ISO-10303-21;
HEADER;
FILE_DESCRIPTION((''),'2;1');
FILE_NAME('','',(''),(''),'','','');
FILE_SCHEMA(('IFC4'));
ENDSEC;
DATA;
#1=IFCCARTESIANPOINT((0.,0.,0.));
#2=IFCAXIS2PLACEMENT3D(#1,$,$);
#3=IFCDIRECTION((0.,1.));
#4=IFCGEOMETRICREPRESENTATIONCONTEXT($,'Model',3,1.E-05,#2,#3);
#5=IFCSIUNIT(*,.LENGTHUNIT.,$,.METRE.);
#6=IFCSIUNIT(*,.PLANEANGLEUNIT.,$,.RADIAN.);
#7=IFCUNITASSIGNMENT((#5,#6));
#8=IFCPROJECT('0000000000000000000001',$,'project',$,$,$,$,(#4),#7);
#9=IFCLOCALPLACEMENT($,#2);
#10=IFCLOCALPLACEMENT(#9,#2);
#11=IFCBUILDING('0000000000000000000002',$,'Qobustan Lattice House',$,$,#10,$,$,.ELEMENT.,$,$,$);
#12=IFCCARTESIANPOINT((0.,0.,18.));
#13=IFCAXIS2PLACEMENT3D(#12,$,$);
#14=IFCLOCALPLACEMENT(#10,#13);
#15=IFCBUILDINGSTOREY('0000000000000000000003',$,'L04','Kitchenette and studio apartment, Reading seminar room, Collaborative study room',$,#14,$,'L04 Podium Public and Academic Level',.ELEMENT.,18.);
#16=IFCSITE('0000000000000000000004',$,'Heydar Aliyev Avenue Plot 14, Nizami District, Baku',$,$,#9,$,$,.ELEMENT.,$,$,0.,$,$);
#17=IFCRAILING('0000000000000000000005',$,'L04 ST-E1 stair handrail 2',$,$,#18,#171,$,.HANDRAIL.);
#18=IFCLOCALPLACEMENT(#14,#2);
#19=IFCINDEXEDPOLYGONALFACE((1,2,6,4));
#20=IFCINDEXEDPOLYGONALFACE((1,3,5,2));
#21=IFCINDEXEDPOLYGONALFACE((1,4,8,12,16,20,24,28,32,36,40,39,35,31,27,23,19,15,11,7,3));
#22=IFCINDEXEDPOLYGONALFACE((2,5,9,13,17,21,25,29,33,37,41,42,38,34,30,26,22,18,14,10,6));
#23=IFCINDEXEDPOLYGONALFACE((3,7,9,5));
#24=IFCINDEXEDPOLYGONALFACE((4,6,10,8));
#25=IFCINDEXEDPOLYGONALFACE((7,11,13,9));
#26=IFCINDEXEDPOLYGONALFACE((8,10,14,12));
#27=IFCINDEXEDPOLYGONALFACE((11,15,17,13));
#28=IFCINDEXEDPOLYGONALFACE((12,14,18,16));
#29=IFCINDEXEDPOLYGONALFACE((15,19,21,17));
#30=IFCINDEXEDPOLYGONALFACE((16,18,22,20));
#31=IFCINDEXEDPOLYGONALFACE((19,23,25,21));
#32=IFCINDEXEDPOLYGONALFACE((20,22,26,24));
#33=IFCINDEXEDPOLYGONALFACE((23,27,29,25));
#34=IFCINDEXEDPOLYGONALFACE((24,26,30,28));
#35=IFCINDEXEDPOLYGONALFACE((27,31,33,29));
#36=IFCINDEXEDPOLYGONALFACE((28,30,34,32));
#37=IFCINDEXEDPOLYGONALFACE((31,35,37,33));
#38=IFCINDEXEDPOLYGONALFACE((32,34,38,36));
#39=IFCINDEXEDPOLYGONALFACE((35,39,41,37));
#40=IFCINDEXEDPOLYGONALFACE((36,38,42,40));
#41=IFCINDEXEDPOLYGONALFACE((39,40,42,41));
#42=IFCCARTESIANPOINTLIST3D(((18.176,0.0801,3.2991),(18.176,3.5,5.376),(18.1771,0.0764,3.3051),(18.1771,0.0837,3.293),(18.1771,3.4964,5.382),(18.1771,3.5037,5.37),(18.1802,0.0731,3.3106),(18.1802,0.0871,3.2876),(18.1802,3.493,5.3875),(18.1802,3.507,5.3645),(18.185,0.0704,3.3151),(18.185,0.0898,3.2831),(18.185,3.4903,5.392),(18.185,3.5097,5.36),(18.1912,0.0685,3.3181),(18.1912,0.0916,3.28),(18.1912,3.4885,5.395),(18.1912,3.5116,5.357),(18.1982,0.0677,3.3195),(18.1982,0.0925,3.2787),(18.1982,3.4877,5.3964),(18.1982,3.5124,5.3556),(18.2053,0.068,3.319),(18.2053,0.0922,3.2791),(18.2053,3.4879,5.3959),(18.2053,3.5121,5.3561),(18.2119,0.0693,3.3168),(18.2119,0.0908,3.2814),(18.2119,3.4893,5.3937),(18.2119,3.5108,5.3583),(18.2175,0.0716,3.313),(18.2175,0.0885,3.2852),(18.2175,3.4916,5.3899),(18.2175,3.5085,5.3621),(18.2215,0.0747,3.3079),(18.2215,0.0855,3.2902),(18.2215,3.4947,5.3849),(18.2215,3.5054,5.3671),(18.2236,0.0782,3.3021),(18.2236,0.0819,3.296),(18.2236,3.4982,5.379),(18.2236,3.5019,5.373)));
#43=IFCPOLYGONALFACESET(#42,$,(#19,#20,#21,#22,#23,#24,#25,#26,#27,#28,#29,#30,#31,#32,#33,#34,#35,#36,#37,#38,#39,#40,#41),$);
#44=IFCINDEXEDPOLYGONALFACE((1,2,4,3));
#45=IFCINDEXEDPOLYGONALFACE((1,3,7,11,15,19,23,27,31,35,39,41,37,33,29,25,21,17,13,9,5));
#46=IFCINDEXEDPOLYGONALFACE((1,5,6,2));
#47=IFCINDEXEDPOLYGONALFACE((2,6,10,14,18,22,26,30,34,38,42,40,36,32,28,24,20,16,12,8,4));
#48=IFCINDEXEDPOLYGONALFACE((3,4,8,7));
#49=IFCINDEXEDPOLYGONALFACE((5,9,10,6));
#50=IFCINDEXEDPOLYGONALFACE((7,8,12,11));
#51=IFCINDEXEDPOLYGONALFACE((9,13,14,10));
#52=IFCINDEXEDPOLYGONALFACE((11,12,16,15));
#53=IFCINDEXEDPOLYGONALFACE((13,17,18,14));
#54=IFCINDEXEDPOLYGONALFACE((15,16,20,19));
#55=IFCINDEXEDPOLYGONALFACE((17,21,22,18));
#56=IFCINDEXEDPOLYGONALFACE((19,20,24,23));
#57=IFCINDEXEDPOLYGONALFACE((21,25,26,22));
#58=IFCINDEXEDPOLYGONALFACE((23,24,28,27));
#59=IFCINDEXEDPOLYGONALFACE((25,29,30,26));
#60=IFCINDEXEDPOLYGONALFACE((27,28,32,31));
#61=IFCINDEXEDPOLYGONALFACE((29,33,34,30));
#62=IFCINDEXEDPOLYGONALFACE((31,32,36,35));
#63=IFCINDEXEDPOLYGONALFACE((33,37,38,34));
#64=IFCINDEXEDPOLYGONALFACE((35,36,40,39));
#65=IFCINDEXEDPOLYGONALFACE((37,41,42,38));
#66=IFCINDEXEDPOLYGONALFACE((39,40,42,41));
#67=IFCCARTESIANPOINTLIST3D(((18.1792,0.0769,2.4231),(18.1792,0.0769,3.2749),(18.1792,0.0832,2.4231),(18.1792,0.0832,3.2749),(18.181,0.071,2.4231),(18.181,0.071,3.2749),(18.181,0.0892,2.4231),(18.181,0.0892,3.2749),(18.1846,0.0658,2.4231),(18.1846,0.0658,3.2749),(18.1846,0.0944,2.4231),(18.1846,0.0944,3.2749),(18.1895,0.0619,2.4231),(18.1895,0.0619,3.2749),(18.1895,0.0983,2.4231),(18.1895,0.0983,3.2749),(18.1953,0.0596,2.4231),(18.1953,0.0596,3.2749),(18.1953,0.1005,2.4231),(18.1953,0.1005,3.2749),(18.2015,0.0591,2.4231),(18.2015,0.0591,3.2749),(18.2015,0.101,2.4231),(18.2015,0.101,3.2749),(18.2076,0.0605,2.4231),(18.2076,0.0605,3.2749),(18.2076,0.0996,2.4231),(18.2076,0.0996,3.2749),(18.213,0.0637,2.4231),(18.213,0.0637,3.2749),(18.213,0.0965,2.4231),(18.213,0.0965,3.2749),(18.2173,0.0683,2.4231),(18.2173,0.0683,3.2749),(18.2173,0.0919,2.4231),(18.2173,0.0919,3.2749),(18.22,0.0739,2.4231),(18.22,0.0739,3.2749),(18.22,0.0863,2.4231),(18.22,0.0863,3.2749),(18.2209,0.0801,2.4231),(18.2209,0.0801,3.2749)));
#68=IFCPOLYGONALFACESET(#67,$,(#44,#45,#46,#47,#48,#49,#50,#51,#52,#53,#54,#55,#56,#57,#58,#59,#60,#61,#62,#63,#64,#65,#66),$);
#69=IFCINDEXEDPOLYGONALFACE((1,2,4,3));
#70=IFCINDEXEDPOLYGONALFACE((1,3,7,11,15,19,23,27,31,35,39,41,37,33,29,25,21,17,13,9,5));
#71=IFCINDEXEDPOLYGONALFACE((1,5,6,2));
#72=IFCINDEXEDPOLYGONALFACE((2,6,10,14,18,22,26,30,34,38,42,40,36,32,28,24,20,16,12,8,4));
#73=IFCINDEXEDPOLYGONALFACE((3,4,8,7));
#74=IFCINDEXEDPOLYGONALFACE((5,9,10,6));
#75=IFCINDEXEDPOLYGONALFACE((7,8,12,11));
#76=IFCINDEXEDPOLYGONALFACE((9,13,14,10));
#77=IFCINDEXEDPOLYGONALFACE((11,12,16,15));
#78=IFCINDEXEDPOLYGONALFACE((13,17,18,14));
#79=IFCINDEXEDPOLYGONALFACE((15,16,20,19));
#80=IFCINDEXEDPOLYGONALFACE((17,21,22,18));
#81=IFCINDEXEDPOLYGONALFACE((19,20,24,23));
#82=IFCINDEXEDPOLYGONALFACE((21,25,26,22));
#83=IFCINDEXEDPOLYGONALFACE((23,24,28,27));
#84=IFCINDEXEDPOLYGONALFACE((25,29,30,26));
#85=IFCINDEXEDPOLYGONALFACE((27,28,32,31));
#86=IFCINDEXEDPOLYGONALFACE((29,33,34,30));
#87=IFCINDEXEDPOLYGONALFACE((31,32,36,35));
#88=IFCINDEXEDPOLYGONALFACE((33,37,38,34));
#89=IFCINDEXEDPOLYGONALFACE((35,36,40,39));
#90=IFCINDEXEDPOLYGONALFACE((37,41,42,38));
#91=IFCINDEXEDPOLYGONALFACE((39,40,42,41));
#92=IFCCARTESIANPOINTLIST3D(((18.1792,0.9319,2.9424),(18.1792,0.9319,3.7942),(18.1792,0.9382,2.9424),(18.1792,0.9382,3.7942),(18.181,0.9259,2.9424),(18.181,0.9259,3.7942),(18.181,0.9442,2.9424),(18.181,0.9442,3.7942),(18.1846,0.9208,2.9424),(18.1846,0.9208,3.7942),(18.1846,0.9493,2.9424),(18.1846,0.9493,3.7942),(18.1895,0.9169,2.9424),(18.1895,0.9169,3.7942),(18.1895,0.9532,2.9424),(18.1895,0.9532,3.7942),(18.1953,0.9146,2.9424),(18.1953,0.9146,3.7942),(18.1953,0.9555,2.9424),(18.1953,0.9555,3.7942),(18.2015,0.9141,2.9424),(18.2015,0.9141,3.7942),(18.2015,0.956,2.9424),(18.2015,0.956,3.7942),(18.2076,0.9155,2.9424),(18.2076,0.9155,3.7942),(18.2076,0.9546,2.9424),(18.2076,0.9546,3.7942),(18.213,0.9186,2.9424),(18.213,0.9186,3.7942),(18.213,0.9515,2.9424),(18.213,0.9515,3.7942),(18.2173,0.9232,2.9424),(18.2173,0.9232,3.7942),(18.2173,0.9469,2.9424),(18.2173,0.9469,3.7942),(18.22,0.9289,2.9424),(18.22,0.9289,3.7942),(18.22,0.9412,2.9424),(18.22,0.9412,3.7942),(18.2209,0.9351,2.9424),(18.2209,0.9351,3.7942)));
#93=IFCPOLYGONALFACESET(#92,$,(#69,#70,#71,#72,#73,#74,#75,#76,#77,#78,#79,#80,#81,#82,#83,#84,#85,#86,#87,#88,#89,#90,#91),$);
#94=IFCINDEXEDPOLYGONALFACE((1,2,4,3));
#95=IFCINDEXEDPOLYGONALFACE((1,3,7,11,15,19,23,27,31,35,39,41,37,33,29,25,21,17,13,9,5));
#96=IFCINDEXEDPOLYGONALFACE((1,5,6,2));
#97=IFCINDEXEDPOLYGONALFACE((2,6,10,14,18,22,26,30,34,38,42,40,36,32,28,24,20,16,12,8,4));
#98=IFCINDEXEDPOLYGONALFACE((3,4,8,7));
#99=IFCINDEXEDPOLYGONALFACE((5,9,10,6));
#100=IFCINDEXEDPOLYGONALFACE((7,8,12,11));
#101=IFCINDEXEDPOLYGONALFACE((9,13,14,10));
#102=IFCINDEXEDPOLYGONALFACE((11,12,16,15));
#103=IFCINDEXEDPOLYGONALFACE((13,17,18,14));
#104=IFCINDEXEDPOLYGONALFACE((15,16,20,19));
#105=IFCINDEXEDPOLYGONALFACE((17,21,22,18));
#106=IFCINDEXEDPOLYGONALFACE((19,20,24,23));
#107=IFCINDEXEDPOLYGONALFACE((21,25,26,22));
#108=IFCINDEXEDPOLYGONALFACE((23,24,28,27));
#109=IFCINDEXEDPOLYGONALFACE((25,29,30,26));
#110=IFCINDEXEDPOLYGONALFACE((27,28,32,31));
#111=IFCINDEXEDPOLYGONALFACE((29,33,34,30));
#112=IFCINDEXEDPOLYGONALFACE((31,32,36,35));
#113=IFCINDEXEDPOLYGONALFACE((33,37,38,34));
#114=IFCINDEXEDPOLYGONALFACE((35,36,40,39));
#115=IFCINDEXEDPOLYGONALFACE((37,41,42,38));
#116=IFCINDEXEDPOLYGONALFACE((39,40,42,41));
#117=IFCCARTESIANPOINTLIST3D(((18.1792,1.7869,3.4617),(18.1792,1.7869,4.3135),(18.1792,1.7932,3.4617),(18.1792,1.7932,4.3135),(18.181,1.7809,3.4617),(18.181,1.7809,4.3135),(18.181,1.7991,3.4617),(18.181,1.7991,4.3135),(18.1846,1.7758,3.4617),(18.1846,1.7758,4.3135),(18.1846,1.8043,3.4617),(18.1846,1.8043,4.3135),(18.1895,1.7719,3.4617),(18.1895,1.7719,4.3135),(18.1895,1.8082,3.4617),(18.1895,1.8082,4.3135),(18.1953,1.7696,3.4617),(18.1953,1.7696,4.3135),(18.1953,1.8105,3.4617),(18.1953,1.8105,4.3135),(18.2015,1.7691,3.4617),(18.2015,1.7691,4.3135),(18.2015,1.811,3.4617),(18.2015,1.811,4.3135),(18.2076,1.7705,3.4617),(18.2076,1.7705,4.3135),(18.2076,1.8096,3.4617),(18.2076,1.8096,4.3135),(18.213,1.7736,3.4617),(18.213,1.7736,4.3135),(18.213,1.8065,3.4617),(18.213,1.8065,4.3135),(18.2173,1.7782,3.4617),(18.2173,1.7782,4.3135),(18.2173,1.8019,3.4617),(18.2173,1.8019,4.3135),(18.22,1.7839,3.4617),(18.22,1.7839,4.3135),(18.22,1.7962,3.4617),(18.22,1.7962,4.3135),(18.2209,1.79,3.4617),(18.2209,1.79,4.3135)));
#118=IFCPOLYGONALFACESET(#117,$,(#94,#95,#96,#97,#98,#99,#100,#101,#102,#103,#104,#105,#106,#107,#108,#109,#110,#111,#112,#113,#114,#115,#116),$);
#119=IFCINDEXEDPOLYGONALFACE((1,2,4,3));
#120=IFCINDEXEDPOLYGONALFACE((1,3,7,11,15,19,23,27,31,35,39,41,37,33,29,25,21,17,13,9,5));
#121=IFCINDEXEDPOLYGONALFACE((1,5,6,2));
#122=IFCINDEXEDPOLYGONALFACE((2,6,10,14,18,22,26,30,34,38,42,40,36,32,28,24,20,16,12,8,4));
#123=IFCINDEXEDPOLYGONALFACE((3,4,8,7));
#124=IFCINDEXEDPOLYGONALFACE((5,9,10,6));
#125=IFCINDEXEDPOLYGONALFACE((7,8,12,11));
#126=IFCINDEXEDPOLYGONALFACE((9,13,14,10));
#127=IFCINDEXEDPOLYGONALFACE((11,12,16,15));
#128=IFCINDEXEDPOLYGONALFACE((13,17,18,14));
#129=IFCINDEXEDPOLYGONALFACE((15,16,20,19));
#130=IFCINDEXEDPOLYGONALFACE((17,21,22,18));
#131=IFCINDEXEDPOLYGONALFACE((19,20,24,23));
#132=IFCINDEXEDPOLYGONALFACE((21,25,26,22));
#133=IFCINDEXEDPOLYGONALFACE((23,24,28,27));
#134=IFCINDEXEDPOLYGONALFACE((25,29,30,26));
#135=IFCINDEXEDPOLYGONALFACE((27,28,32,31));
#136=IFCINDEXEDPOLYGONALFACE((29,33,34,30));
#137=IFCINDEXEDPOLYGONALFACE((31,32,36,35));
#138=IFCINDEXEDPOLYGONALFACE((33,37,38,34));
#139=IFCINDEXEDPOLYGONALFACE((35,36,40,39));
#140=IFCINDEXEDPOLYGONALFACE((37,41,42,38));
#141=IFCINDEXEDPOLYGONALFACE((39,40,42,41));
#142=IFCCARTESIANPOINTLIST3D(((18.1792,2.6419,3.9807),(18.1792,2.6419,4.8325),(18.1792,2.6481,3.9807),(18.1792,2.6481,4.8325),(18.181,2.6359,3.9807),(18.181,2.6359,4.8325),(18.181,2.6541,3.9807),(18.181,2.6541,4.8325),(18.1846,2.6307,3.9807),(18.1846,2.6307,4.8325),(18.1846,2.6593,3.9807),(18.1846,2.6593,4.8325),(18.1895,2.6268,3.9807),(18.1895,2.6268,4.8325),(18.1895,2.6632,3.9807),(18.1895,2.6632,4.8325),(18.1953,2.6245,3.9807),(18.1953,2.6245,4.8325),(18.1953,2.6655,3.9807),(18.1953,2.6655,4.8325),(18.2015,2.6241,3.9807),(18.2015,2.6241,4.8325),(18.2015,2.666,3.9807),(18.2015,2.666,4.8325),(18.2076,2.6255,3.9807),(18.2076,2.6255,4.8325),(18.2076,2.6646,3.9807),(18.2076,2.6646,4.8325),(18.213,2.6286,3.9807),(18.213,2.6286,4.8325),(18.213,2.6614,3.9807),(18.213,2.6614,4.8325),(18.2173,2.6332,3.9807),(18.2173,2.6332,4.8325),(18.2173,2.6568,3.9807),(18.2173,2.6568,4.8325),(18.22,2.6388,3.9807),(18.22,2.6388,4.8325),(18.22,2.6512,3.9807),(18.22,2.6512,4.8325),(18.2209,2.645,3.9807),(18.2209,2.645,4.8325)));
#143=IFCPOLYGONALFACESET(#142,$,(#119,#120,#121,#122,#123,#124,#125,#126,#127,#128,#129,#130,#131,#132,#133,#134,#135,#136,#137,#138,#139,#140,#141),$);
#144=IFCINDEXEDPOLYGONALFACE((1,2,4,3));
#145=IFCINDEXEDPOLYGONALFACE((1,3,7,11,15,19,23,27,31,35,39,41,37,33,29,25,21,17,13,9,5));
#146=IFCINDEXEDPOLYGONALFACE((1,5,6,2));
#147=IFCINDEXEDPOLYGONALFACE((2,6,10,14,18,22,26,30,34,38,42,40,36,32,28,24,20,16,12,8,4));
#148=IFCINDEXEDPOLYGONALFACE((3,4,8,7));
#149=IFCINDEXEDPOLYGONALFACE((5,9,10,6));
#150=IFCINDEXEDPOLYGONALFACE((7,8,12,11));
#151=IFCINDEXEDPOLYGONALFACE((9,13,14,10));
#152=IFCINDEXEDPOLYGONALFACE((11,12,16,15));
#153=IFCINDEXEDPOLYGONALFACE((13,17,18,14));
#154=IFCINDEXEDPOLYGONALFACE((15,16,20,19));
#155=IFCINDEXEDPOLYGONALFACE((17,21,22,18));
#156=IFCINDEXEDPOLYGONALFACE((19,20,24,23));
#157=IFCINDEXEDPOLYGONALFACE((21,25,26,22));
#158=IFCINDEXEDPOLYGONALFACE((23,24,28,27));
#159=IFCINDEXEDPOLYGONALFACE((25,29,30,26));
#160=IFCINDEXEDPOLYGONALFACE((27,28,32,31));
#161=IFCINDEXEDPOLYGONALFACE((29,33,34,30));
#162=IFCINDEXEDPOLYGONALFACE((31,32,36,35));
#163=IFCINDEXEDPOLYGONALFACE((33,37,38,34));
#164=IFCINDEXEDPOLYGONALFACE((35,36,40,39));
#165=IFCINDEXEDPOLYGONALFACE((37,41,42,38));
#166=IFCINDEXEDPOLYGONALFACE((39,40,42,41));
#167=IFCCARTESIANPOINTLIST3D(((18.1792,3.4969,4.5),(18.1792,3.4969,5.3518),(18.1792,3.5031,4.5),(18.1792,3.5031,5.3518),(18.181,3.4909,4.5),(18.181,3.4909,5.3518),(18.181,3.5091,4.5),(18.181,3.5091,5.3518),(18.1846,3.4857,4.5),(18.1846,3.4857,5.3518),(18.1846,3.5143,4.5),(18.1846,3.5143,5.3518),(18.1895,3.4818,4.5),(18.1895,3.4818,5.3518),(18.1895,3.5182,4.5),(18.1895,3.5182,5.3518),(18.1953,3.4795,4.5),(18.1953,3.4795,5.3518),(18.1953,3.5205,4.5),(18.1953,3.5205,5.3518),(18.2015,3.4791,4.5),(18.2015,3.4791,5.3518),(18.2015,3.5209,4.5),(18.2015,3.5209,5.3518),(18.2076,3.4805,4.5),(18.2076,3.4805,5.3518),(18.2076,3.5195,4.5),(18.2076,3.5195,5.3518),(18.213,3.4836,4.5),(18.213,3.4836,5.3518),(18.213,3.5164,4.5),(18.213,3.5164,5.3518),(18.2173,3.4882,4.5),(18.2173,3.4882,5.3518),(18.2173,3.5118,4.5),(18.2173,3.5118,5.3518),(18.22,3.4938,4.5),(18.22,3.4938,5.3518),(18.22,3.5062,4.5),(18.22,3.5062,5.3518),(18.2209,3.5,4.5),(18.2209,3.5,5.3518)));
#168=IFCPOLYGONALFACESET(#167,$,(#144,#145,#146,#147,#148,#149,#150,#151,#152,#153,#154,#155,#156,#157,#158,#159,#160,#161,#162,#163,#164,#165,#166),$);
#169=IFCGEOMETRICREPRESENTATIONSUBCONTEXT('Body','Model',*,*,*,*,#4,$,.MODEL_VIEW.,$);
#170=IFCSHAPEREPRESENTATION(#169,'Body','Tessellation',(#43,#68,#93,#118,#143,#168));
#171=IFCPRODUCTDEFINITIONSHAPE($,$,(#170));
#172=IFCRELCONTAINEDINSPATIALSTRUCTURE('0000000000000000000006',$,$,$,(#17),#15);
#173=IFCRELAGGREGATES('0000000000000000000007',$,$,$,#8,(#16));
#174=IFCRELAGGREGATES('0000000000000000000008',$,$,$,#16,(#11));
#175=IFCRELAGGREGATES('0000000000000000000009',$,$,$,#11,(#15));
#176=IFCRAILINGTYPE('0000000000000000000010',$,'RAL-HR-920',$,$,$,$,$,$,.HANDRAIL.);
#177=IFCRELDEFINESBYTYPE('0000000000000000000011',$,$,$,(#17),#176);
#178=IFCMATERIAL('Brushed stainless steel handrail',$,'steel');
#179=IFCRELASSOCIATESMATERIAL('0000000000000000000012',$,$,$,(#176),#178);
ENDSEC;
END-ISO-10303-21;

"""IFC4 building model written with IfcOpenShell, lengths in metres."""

from ifc_helpers import new_model, si_unit, direction, frame, origin, origin_2d, place, context, subcontext, project, spatial, circle, extrude, material, type_object, element, save


model = new_model("IFC4")

# Units and contexts
model_context = context("Model", 3, precision=1e-05, world=origin(), true_north=direction((0.0, 1.0)))
body_context = subcontext(model_context, "Body", "Model", "MODEL_VIEW")
ifc_project = project(units=[si_unit("LENGTHUNIT", "METRE"), si_unit("PLANEANGLEUNIT", "RADIAN")], contexts=[model_context])

# Site, building, storey
site_placement = place(None, origin())
site = spatial("IfcSite", under=ifc_project, at=site_placement, Name="Heydar Aliyev Avenue Plot 14, Nizami District, Baku", CompositionType="ELEMENT", RefElevation=0.0)
building_placement = place(site_placement, origin())
building = spatial("IfcBuilding", under=site, at=building_placement, Name="Qobustan Lattice House", CompositionType="ELEMENT")
storey_placement = place(building_placement, frame((0.0, 0.0, 18.0)))
storey = spatial("IfcBuildingStorey", under=building, at=storey_placement, Name="L04", Description="Kitchenette and studio apartment, Reading seminar room, Collaborative study room", LongName="L04 Podium Public and Academic Level", CompositionType="ELEMENT", Elevation=18.0)

# Railing
ifc_material_1 = material(Name="Brushed stainless steel handrail", Category="steel")
railing_type_1 = type_object("IfcRailingType", Name="RAL-HR-920", PredefinedType="HANDRAIL", material=ifc_material_1)
railing_1_placement = place(storey_placement, frame((18.2, 0.0801, 2.4231)))
element("IfcRailing", 1, at=railing_1_placement, inside=storey, type_object=railing_type_1, Name="L04 ST-E1 stair handrail 2", PredefinedType="HANDRAIL", context=body_context, shape_type="SweptSolid", body=[
    extrude(circle(Radius=0.0239, at=origin_2d()), frame((0.0, 0.0, 0.876), z_axis=(0.0, 0.85473, 0.519074), x_axis=(-1.0, 0.0, 0.0)), (0.0, 0.0, 1.0), 4.0012),
    extrude(circle(Radius=0.021, at=origin_2d()), origin(), (0.0, 0.0, 1.0), 0.8518),
    extrude(circle(Radius=0.021, at=origin_2d()), frame((0.0, 0.855, 0.5193)), (0.0, 0.0, 1.0), 0.8518),
    extrude(circle(Radius=0.021, at=origin_2d()), frame((0.0, 1.71, 1.0386)), (0.0, 0.0, 1.0), 0.8518),
    extrude(circle(Radius=0.021, at=origin_2d()), frame((0.0, 2.5649, 1.5576)), (0.0, 0.0, 1.0), 0.8518),
    extrude(circle(Radius=0.021, at=origin_2d()), frame((0.0, 3.4199, 2.0769)), (0.0, 0.0, 1.0), 0.8518),
])

save(model, "model.ifc")
